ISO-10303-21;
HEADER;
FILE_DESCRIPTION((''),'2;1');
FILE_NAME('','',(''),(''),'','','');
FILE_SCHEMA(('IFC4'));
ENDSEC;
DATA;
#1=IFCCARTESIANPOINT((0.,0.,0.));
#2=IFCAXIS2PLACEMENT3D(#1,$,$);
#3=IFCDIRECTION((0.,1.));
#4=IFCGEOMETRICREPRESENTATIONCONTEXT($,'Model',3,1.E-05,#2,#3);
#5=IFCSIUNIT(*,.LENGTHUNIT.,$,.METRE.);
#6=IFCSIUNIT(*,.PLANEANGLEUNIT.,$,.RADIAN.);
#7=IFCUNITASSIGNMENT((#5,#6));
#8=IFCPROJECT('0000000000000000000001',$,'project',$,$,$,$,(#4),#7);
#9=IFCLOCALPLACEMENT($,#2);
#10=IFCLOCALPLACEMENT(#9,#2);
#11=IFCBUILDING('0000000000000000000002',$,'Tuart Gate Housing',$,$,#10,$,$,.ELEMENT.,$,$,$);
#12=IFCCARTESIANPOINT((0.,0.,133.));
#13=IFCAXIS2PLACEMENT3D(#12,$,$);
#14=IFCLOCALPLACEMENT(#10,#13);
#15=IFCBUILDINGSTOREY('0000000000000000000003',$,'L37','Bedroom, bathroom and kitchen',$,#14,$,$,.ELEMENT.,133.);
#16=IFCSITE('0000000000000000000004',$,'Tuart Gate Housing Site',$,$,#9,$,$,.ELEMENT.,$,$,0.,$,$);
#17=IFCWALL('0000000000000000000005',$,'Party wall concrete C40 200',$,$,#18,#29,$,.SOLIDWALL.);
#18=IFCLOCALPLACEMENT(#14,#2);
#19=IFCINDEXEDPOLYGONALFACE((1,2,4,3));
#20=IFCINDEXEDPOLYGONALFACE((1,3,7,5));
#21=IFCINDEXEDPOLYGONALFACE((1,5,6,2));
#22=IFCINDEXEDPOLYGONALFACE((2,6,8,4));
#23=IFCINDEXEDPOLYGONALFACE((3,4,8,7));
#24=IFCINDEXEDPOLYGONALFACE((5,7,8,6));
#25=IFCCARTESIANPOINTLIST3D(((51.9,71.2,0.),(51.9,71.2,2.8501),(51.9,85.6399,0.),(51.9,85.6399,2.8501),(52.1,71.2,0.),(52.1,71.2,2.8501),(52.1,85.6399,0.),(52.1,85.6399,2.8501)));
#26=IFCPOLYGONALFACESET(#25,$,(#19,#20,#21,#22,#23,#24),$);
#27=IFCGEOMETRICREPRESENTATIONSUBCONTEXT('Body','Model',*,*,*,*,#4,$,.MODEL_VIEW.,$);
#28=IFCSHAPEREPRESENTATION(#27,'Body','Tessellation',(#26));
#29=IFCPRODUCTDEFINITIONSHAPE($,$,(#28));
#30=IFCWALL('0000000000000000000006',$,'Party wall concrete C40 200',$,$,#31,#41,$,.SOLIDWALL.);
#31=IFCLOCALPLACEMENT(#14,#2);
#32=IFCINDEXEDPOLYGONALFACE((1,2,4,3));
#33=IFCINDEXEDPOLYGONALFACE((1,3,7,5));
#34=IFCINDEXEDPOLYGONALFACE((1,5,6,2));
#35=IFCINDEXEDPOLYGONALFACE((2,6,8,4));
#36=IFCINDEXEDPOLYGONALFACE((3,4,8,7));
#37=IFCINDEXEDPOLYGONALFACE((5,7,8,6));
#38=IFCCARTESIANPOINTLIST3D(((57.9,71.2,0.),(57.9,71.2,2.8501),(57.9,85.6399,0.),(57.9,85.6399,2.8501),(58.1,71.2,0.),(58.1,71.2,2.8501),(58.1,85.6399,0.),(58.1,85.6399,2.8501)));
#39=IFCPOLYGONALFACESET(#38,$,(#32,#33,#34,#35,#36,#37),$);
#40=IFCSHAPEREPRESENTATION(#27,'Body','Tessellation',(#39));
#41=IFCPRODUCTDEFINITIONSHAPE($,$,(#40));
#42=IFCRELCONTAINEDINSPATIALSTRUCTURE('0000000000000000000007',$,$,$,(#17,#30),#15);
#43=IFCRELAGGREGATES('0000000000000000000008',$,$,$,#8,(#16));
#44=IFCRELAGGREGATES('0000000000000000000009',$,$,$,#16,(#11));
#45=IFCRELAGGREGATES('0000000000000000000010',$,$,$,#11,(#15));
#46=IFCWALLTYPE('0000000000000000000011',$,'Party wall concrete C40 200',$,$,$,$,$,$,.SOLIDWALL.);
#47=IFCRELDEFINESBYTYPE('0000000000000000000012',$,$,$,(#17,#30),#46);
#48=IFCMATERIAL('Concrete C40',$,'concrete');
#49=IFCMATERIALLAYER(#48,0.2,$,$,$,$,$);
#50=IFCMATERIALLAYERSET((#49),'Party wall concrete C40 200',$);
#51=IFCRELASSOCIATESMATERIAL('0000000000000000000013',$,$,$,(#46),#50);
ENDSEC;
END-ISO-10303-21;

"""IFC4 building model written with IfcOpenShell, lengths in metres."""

from ifc_helpers import new_model, si_unit, direction, frame, frame_2d, origin, place, context, subcontext, project, spatial, rectangle, extrude, material, layer, layer_set, type_object, element, save


model = new_model("IFC4")

# Units and contexts
model_context = context("Model", 3, precision=1e-05, world=origin(), true_north=direction((0.0, 1.0)))
body_context = subcontext(model_context, "Body", "Model", "MODEL_VIEW")
ifc_project = project(units=[si_unit("LENGTHUNIT", "METRE"), si_unit("PLANEANGLEUNIT", "RADIAN")], contexts=[model_context])

# Site, building, storey
site_placement = place(None, origin())
site = spatial("IfcSite", under=ifc_project, at=site_placement, Name="Tuart Gate Housing Site", CompositionType="ELEMENT", RefElevation=0.0)
building_placement = place(site_placement, origin())
building = spatial("IfcBuilding", under=site, at=building_placement, Name="Tuart Gate Housing", CompositionType="ELEMENT")
storey_placement = place(building_placement, frame((0.0, 0.0, 133.0)))
storey = spatial("IfcBuildingStorey", under=building, at=storey_placement, Name="L37", Description="Bedroom, bathroom and kitchen", CompositionType="ELEMENT", Elevation=133.0)

# Walls
ifc_material_1 = material(Name="Concrete C40", Category="concrete")
ifc_layer_1 = layer(ifc_material_1, 0.2)
ifc_layer_set_1 = layer_set([ifc_layer_1], Name="Party wall concrete C40 200")
wall_type_1 = type_object("IfcWallType", Name="Party wall concrete C40 200", PredefinedType="SOLIDWALL", material=ifc_layer_set_1)
for number, where, z_axis, x_axis, name in (
    (1, (52.0, 71.2, 0.0), (0.0, 0.0, 1.0), (0.0, 1.0, 0.0), "Party wall concrete C40 200"),
    (2, (58.0, 71.2, 0.0), (0.0, 0.0, 1.0), (0.0, 1.0, 0.0), "Party wall concrete C40 200"),
):
    element("IfcWall", number, at=place(storey_placement, frame(where, z_axis=z_axis, x_axis=x_axis)), inside=storey, type_object=wall_type_1, Name=name, PredefinedType="SOLIDWALL", context=body_context, shape_type="SweptSolid", body=[
        extrude(rectangle(XDim=14.4399, YDim=0.2, at=frame_2d((7.22, 0.0))), origin(), (0.0, 0.0, 1.0), 2.8501),
    ])

save(model, "model.ifc")
